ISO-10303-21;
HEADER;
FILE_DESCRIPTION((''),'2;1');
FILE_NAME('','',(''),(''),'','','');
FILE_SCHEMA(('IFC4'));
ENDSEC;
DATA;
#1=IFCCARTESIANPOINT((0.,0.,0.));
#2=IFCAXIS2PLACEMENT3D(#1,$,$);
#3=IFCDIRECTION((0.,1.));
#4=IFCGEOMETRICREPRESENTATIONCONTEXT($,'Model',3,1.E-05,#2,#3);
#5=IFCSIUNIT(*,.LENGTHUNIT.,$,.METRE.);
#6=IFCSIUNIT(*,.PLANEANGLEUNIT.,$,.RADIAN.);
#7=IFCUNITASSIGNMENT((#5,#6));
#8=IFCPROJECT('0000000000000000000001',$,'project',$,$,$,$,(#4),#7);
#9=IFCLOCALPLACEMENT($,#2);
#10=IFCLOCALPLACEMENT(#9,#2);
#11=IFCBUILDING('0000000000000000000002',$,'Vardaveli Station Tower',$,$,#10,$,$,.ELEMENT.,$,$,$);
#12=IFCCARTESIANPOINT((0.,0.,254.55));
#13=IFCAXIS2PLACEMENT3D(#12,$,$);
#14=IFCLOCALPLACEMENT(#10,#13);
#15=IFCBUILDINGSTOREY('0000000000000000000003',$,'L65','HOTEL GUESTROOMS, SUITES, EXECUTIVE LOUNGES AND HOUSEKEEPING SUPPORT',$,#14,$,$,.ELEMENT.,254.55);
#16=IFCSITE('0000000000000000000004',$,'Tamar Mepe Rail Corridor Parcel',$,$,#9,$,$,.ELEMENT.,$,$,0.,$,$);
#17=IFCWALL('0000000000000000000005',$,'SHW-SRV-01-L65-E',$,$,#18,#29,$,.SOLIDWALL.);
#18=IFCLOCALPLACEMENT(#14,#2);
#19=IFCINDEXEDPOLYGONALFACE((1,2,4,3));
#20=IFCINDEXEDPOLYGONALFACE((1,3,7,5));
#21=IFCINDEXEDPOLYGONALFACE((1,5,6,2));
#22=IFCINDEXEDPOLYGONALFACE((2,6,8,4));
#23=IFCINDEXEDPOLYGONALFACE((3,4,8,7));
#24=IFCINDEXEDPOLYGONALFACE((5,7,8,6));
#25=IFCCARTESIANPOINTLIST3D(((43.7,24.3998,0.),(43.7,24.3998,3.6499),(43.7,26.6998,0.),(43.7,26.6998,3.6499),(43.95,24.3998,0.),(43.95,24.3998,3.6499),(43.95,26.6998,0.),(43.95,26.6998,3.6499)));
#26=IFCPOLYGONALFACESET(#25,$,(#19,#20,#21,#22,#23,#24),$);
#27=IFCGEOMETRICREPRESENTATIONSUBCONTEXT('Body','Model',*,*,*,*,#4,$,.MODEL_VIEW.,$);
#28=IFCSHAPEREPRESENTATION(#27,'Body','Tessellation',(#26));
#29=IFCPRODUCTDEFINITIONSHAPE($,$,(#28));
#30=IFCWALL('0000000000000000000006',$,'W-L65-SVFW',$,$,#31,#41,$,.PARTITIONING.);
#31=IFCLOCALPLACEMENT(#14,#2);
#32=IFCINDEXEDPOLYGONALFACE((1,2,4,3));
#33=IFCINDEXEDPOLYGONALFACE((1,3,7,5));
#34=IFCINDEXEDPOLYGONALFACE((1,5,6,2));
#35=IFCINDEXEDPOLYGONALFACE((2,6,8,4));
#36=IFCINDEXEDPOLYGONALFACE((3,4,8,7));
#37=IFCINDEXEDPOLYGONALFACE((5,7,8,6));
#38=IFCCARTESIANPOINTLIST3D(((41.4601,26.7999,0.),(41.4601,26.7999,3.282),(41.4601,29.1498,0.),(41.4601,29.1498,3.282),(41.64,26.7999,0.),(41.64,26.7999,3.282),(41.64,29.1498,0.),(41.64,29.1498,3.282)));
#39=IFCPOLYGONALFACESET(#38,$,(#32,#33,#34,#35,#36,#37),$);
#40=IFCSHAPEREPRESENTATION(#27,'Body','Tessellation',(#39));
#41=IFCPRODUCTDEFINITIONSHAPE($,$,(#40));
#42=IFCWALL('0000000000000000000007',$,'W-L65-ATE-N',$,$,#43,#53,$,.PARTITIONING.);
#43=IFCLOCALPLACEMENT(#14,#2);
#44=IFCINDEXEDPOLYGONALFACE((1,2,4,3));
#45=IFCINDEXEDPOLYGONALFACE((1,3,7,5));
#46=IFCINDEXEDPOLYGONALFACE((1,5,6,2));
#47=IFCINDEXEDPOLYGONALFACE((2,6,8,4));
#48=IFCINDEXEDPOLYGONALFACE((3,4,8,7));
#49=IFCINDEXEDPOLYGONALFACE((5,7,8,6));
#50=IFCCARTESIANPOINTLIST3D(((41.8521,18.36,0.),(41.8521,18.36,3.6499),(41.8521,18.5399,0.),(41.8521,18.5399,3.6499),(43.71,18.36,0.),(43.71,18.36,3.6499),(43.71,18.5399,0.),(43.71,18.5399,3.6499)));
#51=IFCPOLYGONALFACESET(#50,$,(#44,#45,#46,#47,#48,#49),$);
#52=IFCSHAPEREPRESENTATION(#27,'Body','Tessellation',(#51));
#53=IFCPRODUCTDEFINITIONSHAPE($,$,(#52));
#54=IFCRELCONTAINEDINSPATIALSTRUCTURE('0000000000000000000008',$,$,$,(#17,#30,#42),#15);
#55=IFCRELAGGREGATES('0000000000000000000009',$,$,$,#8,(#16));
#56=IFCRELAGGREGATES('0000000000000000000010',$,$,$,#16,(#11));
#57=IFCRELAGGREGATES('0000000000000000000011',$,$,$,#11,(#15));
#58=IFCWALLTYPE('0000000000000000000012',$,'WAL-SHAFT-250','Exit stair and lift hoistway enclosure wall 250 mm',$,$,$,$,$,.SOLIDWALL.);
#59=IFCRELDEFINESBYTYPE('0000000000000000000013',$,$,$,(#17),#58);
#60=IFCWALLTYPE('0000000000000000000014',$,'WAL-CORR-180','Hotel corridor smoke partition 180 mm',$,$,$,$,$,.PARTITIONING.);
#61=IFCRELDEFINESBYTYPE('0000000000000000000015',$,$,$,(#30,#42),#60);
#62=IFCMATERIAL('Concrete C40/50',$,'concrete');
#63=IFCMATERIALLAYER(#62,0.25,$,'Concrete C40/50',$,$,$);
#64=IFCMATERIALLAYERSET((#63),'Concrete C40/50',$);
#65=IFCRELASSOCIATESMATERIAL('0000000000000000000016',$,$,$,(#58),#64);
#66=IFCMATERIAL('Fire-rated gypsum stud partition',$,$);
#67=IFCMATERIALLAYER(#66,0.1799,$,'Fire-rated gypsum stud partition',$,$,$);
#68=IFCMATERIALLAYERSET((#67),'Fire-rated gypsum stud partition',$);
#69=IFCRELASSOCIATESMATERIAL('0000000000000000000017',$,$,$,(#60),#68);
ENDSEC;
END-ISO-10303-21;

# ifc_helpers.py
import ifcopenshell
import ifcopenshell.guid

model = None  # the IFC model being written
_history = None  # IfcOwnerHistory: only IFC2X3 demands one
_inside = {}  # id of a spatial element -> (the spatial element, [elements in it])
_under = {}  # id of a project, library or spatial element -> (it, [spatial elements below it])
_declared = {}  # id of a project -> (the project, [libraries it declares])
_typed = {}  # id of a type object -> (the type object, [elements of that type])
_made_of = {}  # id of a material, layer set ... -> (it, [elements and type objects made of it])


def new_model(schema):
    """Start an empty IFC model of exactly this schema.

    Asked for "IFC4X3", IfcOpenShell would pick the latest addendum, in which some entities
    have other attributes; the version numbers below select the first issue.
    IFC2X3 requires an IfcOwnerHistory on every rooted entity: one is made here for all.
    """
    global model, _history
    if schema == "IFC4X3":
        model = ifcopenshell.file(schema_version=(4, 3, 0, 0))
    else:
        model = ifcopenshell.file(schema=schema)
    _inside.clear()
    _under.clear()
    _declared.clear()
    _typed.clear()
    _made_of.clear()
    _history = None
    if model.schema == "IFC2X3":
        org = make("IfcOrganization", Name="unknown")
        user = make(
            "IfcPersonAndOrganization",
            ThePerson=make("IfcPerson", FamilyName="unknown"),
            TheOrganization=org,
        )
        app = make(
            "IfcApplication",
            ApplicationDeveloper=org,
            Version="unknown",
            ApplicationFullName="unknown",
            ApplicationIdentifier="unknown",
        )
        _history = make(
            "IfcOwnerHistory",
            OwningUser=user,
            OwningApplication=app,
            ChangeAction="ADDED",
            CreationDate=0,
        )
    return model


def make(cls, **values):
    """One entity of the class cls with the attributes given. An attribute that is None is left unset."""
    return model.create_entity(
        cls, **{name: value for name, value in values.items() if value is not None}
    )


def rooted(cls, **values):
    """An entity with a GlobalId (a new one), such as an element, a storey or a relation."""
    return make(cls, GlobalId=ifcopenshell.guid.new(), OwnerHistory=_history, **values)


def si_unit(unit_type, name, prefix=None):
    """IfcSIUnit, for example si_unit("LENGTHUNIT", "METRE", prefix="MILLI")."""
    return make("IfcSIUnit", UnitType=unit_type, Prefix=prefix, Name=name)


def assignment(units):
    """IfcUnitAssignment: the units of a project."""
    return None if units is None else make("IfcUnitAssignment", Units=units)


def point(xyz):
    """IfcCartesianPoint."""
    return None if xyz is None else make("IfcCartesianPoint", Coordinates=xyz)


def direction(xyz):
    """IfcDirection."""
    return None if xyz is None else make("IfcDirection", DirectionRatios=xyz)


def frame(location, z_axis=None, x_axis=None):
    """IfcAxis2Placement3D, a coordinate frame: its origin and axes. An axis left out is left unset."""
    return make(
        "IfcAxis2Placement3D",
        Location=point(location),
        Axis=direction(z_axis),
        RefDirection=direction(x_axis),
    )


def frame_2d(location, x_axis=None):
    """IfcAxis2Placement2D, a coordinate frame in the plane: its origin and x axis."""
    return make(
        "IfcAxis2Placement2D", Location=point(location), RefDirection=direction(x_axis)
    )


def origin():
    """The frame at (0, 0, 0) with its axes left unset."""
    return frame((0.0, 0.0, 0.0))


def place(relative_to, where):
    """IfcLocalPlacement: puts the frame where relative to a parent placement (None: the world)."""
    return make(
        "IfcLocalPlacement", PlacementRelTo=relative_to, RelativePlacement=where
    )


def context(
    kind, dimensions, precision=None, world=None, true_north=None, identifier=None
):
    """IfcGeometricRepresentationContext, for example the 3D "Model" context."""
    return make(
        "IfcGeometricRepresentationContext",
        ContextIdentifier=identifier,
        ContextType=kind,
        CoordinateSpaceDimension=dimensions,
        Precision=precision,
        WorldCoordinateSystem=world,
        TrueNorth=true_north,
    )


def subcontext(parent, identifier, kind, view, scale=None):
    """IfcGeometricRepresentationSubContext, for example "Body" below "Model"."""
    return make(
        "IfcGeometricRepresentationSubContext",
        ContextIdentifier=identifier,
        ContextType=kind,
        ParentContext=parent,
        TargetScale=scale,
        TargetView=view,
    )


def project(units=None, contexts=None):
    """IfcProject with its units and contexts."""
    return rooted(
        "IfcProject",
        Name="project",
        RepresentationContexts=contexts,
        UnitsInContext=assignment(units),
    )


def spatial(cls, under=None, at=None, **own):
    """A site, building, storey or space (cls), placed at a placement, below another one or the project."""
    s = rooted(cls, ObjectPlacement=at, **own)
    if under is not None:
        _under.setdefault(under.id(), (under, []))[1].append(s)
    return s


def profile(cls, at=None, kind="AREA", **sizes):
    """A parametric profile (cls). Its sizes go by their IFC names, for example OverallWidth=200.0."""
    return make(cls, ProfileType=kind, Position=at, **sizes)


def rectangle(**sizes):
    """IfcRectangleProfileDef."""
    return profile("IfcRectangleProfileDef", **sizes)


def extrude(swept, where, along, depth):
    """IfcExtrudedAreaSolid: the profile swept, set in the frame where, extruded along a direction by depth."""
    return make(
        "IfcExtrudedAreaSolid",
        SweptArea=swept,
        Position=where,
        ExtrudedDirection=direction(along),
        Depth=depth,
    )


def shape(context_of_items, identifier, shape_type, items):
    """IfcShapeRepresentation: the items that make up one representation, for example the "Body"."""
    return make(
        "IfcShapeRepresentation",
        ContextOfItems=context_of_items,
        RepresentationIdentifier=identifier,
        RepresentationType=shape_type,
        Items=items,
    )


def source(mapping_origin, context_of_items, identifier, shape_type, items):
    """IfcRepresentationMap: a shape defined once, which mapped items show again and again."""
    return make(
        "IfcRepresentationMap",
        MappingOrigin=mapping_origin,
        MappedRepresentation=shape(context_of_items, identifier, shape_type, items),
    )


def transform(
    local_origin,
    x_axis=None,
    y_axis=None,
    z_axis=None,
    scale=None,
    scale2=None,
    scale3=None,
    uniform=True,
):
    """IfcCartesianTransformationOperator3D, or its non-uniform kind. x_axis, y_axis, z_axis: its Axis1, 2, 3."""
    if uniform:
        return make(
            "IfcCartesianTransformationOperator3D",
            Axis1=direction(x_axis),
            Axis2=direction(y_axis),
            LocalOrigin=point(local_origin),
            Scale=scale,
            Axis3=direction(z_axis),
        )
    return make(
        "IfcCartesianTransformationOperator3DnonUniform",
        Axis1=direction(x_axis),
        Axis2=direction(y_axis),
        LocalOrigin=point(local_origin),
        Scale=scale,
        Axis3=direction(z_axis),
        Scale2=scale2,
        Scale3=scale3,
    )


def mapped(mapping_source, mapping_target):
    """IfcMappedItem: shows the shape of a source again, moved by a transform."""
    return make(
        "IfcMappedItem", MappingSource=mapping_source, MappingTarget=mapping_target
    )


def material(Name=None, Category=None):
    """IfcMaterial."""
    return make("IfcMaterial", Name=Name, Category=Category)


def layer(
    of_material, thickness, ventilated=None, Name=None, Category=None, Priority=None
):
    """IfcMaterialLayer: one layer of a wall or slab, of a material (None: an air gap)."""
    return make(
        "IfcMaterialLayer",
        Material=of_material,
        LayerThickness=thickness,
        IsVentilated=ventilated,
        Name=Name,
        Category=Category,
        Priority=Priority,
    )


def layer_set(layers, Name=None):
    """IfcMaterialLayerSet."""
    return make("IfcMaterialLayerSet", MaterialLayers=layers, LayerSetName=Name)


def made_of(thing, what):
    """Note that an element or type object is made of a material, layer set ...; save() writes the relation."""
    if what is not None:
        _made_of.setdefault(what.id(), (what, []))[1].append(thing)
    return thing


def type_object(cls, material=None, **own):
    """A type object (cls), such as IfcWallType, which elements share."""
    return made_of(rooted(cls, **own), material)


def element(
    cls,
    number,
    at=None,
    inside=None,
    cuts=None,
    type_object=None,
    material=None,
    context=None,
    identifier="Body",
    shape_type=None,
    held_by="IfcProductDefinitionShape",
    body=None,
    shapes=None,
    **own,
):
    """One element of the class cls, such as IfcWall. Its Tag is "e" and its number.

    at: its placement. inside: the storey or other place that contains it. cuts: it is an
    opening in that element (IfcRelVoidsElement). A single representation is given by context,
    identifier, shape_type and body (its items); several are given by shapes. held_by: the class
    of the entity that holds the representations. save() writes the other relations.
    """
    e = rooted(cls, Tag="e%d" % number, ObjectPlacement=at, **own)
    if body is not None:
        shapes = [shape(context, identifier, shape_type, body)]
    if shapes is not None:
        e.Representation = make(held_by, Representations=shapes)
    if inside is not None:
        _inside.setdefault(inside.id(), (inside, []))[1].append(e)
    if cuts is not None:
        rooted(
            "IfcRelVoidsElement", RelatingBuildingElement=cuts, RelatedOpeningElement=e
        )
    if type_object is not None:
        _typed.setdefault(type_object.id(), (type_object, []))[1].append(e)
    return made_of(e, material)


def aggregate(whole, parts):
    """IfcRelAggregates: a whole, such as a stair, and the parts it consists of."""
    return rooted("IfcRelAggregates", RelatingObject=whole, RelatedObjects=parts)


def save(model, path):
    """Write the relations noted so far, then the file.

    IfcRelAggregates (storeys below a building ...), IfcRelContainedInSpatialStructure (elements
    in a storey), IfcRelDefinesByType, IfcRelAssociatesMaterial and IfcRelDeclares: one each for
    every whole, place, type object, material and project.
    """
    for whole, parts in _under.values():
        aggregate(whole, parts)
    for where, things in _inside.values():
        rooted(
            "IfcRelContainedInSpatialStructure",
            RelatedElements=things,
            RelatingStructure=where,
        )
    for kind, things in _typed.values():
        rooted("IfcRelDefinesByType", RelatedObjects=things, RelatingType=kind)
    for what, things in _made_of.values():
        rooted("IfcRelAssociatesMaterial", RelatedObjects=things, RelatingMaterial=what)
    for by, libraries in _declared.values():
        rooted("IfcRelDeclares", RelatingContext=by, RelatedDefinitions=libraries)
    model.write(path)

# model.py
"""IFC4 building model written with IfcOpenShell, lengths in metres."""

from ifc_helpers import new_model, si_unit, direction, frame, frame_2d, origin, place, context, subcontext, project, spatial, rectangle, extrude, source, transform, mapped, material, layer, layer_set, type_object, element, save


model = new_model("IFC4")

# Units and contexts
model_context = context("Model", 3, precision=1e-05, world=origin(), true_north=direction((0.0, 1.0)))
body_context = subcontext(model_context, "Body", "Model", "MODEL_VIEW")
ifc_project = project(units=[si_unit("LENGTHUNIT", "METRE"), si_unit("PLANEANGLEUNIT", "RADIAN")], contexts=[model_context])

# Site, building, storey
site_placement = place(None, origin())
site = spatial("IfcSite", under=ifc_project, at=site_placement, Name="Tamar Mepe Rail Corridor Parcel", CompositionType="ELEMENT", RefElevation=0.0)
building_placement = place(site_placement, origin())
building = spatial("IfcBuilding", under=site, at=building_placement, Name="Vardaveli Station Tower", CompositionType="ELEMENT")
storey_placement = place(building_placement, frame((0.0, 0.0, 254.55)))
storey = spatial("IfcBuildingStorey", under=building, at=storey_placement, Name="L65", Description="HOTEL GUESTROOMS, SUITES, EXECUTIVE LOUNGES AND HOUSEKEEPING SUPPORT", CompositionType="ELEMENT", Elevation=254.55)

# Shared definitions
ifc_material_1 = material(Name="Concrete C40/50", Category="concrete")

# Walls
ifc_layer_1 = layer(ifc_material_1, 0.25, Name="Concrete C40/50")
ifc_layer_set_1 = layer_set([ifc_layer_1], Name="Concrete C40/50")
wall_type_1 = type_object("IfcWallType", Name="WAL-SHAFT-250", Description="Exit stair and lift hoistway enclosure wall 250 mm", PredefinedType="SOLIDWALL", material=ifc_layer_set_1)
shared_shape_1 = source(origin(), body_context, "Body", "SweptSolid", [
    extrude(rectangle(XDim=2.3, YDim=0.25, at=frame_2d((1.1499, 0.0))), origin(), (0.0, 0.0, 1.0), 3.6499),
])
for number, where, z_axis, x_axis, name in (
    (1, (43.825, 24.3999, 0.0), (0.0, 0.0, 1.0), (0.0, 1.0, 0.0), "SHW-SRV-01-L65-E"),
):
    element("IfcWall", number, at=place(storey_placement, frame(where, z_axis=z_axis, x_axis=x_axis)), inside=storey, type_object=wall_type_1, Name=name, PredefinedType="SOLIDWALL", context=body_context, shape_type="MappedRepresentation", body=[
        mapped(shared_shape_1, transform((0.0, 0.0, 0.0), scale=1.0)),
    ])
ifc_material_2 = material(Name="Fire-rated gypsum stud partition")
ifc_layer_2 = layer(ifc_material_2, 0.1799, Name="Fire-rated gypsum stud partition")
ifc_layer_set_2 = layer_set([ifc_layer_2], Name="Fire-rated gypsum stud partition")
wall_type_2 = type_object("IfcWallType", Name="WAL-CORR-180", Description="Hotel corridor smoke partition 180 mm", PredefinedType="PARTITIONING", material=ifc_layer_set_2)
shared_shape_2 = source(origin(), body_context, "Body", "SweptSolid", [
    extrude(rectangle(XDim=2.3499, YDim=0.1799, at=frame_2d((1.1748, 0.0))), origin(), (0.0, 0.0, 1.0), 3.282),
])
wall_1_placement = place(storey_placement, frame((41.55, 26.8, 0.0), z_axis=(0.0, 0.0, 1.0), x_axis=(0.0, 1.0, 0.0)))
element("IfcWall", 2, at=wall_1_placement, inside=storey, type_object=wall_type_2, Name="W-L65-SVFW", PredefinedType="PARTITIONING", context=body_context, shape_type="MappedRepresentation", body=[
    mapped(shared_shape_2, transform((0.0, 0.0, 0.0), scale=1.0)),
])
shared_shape_3 = source(origin(), body_context, "Body", "SweptSolid", [
    extrude(rectangle(XDim=1.8579, YDim=0.1799, at=frame_2d((0.929, 0.0))), origin(), (0.0, 0.0, 1.0), 3.6499),
])
wall_2_placement = place(storey_placement, frame((41.8521, 18.45, 0.0), z_axis=(0.0, 0.0, 1.0), x_axis=(1.0, 0.0, 0.0)))
element("IfcWall", 3, at=wall_2_placement, inside=storey, type_object=wall_type_2, Name="W-L65-ATE-N", PredefinedType="PARTITIONING", context=body_context, shape_type="MappedRepresentation", body=[
    mapped(shared_shape_3, transform((0.0, 0.0, 0.0), scale=1.0)),
])

save(model, "model.ifc")
